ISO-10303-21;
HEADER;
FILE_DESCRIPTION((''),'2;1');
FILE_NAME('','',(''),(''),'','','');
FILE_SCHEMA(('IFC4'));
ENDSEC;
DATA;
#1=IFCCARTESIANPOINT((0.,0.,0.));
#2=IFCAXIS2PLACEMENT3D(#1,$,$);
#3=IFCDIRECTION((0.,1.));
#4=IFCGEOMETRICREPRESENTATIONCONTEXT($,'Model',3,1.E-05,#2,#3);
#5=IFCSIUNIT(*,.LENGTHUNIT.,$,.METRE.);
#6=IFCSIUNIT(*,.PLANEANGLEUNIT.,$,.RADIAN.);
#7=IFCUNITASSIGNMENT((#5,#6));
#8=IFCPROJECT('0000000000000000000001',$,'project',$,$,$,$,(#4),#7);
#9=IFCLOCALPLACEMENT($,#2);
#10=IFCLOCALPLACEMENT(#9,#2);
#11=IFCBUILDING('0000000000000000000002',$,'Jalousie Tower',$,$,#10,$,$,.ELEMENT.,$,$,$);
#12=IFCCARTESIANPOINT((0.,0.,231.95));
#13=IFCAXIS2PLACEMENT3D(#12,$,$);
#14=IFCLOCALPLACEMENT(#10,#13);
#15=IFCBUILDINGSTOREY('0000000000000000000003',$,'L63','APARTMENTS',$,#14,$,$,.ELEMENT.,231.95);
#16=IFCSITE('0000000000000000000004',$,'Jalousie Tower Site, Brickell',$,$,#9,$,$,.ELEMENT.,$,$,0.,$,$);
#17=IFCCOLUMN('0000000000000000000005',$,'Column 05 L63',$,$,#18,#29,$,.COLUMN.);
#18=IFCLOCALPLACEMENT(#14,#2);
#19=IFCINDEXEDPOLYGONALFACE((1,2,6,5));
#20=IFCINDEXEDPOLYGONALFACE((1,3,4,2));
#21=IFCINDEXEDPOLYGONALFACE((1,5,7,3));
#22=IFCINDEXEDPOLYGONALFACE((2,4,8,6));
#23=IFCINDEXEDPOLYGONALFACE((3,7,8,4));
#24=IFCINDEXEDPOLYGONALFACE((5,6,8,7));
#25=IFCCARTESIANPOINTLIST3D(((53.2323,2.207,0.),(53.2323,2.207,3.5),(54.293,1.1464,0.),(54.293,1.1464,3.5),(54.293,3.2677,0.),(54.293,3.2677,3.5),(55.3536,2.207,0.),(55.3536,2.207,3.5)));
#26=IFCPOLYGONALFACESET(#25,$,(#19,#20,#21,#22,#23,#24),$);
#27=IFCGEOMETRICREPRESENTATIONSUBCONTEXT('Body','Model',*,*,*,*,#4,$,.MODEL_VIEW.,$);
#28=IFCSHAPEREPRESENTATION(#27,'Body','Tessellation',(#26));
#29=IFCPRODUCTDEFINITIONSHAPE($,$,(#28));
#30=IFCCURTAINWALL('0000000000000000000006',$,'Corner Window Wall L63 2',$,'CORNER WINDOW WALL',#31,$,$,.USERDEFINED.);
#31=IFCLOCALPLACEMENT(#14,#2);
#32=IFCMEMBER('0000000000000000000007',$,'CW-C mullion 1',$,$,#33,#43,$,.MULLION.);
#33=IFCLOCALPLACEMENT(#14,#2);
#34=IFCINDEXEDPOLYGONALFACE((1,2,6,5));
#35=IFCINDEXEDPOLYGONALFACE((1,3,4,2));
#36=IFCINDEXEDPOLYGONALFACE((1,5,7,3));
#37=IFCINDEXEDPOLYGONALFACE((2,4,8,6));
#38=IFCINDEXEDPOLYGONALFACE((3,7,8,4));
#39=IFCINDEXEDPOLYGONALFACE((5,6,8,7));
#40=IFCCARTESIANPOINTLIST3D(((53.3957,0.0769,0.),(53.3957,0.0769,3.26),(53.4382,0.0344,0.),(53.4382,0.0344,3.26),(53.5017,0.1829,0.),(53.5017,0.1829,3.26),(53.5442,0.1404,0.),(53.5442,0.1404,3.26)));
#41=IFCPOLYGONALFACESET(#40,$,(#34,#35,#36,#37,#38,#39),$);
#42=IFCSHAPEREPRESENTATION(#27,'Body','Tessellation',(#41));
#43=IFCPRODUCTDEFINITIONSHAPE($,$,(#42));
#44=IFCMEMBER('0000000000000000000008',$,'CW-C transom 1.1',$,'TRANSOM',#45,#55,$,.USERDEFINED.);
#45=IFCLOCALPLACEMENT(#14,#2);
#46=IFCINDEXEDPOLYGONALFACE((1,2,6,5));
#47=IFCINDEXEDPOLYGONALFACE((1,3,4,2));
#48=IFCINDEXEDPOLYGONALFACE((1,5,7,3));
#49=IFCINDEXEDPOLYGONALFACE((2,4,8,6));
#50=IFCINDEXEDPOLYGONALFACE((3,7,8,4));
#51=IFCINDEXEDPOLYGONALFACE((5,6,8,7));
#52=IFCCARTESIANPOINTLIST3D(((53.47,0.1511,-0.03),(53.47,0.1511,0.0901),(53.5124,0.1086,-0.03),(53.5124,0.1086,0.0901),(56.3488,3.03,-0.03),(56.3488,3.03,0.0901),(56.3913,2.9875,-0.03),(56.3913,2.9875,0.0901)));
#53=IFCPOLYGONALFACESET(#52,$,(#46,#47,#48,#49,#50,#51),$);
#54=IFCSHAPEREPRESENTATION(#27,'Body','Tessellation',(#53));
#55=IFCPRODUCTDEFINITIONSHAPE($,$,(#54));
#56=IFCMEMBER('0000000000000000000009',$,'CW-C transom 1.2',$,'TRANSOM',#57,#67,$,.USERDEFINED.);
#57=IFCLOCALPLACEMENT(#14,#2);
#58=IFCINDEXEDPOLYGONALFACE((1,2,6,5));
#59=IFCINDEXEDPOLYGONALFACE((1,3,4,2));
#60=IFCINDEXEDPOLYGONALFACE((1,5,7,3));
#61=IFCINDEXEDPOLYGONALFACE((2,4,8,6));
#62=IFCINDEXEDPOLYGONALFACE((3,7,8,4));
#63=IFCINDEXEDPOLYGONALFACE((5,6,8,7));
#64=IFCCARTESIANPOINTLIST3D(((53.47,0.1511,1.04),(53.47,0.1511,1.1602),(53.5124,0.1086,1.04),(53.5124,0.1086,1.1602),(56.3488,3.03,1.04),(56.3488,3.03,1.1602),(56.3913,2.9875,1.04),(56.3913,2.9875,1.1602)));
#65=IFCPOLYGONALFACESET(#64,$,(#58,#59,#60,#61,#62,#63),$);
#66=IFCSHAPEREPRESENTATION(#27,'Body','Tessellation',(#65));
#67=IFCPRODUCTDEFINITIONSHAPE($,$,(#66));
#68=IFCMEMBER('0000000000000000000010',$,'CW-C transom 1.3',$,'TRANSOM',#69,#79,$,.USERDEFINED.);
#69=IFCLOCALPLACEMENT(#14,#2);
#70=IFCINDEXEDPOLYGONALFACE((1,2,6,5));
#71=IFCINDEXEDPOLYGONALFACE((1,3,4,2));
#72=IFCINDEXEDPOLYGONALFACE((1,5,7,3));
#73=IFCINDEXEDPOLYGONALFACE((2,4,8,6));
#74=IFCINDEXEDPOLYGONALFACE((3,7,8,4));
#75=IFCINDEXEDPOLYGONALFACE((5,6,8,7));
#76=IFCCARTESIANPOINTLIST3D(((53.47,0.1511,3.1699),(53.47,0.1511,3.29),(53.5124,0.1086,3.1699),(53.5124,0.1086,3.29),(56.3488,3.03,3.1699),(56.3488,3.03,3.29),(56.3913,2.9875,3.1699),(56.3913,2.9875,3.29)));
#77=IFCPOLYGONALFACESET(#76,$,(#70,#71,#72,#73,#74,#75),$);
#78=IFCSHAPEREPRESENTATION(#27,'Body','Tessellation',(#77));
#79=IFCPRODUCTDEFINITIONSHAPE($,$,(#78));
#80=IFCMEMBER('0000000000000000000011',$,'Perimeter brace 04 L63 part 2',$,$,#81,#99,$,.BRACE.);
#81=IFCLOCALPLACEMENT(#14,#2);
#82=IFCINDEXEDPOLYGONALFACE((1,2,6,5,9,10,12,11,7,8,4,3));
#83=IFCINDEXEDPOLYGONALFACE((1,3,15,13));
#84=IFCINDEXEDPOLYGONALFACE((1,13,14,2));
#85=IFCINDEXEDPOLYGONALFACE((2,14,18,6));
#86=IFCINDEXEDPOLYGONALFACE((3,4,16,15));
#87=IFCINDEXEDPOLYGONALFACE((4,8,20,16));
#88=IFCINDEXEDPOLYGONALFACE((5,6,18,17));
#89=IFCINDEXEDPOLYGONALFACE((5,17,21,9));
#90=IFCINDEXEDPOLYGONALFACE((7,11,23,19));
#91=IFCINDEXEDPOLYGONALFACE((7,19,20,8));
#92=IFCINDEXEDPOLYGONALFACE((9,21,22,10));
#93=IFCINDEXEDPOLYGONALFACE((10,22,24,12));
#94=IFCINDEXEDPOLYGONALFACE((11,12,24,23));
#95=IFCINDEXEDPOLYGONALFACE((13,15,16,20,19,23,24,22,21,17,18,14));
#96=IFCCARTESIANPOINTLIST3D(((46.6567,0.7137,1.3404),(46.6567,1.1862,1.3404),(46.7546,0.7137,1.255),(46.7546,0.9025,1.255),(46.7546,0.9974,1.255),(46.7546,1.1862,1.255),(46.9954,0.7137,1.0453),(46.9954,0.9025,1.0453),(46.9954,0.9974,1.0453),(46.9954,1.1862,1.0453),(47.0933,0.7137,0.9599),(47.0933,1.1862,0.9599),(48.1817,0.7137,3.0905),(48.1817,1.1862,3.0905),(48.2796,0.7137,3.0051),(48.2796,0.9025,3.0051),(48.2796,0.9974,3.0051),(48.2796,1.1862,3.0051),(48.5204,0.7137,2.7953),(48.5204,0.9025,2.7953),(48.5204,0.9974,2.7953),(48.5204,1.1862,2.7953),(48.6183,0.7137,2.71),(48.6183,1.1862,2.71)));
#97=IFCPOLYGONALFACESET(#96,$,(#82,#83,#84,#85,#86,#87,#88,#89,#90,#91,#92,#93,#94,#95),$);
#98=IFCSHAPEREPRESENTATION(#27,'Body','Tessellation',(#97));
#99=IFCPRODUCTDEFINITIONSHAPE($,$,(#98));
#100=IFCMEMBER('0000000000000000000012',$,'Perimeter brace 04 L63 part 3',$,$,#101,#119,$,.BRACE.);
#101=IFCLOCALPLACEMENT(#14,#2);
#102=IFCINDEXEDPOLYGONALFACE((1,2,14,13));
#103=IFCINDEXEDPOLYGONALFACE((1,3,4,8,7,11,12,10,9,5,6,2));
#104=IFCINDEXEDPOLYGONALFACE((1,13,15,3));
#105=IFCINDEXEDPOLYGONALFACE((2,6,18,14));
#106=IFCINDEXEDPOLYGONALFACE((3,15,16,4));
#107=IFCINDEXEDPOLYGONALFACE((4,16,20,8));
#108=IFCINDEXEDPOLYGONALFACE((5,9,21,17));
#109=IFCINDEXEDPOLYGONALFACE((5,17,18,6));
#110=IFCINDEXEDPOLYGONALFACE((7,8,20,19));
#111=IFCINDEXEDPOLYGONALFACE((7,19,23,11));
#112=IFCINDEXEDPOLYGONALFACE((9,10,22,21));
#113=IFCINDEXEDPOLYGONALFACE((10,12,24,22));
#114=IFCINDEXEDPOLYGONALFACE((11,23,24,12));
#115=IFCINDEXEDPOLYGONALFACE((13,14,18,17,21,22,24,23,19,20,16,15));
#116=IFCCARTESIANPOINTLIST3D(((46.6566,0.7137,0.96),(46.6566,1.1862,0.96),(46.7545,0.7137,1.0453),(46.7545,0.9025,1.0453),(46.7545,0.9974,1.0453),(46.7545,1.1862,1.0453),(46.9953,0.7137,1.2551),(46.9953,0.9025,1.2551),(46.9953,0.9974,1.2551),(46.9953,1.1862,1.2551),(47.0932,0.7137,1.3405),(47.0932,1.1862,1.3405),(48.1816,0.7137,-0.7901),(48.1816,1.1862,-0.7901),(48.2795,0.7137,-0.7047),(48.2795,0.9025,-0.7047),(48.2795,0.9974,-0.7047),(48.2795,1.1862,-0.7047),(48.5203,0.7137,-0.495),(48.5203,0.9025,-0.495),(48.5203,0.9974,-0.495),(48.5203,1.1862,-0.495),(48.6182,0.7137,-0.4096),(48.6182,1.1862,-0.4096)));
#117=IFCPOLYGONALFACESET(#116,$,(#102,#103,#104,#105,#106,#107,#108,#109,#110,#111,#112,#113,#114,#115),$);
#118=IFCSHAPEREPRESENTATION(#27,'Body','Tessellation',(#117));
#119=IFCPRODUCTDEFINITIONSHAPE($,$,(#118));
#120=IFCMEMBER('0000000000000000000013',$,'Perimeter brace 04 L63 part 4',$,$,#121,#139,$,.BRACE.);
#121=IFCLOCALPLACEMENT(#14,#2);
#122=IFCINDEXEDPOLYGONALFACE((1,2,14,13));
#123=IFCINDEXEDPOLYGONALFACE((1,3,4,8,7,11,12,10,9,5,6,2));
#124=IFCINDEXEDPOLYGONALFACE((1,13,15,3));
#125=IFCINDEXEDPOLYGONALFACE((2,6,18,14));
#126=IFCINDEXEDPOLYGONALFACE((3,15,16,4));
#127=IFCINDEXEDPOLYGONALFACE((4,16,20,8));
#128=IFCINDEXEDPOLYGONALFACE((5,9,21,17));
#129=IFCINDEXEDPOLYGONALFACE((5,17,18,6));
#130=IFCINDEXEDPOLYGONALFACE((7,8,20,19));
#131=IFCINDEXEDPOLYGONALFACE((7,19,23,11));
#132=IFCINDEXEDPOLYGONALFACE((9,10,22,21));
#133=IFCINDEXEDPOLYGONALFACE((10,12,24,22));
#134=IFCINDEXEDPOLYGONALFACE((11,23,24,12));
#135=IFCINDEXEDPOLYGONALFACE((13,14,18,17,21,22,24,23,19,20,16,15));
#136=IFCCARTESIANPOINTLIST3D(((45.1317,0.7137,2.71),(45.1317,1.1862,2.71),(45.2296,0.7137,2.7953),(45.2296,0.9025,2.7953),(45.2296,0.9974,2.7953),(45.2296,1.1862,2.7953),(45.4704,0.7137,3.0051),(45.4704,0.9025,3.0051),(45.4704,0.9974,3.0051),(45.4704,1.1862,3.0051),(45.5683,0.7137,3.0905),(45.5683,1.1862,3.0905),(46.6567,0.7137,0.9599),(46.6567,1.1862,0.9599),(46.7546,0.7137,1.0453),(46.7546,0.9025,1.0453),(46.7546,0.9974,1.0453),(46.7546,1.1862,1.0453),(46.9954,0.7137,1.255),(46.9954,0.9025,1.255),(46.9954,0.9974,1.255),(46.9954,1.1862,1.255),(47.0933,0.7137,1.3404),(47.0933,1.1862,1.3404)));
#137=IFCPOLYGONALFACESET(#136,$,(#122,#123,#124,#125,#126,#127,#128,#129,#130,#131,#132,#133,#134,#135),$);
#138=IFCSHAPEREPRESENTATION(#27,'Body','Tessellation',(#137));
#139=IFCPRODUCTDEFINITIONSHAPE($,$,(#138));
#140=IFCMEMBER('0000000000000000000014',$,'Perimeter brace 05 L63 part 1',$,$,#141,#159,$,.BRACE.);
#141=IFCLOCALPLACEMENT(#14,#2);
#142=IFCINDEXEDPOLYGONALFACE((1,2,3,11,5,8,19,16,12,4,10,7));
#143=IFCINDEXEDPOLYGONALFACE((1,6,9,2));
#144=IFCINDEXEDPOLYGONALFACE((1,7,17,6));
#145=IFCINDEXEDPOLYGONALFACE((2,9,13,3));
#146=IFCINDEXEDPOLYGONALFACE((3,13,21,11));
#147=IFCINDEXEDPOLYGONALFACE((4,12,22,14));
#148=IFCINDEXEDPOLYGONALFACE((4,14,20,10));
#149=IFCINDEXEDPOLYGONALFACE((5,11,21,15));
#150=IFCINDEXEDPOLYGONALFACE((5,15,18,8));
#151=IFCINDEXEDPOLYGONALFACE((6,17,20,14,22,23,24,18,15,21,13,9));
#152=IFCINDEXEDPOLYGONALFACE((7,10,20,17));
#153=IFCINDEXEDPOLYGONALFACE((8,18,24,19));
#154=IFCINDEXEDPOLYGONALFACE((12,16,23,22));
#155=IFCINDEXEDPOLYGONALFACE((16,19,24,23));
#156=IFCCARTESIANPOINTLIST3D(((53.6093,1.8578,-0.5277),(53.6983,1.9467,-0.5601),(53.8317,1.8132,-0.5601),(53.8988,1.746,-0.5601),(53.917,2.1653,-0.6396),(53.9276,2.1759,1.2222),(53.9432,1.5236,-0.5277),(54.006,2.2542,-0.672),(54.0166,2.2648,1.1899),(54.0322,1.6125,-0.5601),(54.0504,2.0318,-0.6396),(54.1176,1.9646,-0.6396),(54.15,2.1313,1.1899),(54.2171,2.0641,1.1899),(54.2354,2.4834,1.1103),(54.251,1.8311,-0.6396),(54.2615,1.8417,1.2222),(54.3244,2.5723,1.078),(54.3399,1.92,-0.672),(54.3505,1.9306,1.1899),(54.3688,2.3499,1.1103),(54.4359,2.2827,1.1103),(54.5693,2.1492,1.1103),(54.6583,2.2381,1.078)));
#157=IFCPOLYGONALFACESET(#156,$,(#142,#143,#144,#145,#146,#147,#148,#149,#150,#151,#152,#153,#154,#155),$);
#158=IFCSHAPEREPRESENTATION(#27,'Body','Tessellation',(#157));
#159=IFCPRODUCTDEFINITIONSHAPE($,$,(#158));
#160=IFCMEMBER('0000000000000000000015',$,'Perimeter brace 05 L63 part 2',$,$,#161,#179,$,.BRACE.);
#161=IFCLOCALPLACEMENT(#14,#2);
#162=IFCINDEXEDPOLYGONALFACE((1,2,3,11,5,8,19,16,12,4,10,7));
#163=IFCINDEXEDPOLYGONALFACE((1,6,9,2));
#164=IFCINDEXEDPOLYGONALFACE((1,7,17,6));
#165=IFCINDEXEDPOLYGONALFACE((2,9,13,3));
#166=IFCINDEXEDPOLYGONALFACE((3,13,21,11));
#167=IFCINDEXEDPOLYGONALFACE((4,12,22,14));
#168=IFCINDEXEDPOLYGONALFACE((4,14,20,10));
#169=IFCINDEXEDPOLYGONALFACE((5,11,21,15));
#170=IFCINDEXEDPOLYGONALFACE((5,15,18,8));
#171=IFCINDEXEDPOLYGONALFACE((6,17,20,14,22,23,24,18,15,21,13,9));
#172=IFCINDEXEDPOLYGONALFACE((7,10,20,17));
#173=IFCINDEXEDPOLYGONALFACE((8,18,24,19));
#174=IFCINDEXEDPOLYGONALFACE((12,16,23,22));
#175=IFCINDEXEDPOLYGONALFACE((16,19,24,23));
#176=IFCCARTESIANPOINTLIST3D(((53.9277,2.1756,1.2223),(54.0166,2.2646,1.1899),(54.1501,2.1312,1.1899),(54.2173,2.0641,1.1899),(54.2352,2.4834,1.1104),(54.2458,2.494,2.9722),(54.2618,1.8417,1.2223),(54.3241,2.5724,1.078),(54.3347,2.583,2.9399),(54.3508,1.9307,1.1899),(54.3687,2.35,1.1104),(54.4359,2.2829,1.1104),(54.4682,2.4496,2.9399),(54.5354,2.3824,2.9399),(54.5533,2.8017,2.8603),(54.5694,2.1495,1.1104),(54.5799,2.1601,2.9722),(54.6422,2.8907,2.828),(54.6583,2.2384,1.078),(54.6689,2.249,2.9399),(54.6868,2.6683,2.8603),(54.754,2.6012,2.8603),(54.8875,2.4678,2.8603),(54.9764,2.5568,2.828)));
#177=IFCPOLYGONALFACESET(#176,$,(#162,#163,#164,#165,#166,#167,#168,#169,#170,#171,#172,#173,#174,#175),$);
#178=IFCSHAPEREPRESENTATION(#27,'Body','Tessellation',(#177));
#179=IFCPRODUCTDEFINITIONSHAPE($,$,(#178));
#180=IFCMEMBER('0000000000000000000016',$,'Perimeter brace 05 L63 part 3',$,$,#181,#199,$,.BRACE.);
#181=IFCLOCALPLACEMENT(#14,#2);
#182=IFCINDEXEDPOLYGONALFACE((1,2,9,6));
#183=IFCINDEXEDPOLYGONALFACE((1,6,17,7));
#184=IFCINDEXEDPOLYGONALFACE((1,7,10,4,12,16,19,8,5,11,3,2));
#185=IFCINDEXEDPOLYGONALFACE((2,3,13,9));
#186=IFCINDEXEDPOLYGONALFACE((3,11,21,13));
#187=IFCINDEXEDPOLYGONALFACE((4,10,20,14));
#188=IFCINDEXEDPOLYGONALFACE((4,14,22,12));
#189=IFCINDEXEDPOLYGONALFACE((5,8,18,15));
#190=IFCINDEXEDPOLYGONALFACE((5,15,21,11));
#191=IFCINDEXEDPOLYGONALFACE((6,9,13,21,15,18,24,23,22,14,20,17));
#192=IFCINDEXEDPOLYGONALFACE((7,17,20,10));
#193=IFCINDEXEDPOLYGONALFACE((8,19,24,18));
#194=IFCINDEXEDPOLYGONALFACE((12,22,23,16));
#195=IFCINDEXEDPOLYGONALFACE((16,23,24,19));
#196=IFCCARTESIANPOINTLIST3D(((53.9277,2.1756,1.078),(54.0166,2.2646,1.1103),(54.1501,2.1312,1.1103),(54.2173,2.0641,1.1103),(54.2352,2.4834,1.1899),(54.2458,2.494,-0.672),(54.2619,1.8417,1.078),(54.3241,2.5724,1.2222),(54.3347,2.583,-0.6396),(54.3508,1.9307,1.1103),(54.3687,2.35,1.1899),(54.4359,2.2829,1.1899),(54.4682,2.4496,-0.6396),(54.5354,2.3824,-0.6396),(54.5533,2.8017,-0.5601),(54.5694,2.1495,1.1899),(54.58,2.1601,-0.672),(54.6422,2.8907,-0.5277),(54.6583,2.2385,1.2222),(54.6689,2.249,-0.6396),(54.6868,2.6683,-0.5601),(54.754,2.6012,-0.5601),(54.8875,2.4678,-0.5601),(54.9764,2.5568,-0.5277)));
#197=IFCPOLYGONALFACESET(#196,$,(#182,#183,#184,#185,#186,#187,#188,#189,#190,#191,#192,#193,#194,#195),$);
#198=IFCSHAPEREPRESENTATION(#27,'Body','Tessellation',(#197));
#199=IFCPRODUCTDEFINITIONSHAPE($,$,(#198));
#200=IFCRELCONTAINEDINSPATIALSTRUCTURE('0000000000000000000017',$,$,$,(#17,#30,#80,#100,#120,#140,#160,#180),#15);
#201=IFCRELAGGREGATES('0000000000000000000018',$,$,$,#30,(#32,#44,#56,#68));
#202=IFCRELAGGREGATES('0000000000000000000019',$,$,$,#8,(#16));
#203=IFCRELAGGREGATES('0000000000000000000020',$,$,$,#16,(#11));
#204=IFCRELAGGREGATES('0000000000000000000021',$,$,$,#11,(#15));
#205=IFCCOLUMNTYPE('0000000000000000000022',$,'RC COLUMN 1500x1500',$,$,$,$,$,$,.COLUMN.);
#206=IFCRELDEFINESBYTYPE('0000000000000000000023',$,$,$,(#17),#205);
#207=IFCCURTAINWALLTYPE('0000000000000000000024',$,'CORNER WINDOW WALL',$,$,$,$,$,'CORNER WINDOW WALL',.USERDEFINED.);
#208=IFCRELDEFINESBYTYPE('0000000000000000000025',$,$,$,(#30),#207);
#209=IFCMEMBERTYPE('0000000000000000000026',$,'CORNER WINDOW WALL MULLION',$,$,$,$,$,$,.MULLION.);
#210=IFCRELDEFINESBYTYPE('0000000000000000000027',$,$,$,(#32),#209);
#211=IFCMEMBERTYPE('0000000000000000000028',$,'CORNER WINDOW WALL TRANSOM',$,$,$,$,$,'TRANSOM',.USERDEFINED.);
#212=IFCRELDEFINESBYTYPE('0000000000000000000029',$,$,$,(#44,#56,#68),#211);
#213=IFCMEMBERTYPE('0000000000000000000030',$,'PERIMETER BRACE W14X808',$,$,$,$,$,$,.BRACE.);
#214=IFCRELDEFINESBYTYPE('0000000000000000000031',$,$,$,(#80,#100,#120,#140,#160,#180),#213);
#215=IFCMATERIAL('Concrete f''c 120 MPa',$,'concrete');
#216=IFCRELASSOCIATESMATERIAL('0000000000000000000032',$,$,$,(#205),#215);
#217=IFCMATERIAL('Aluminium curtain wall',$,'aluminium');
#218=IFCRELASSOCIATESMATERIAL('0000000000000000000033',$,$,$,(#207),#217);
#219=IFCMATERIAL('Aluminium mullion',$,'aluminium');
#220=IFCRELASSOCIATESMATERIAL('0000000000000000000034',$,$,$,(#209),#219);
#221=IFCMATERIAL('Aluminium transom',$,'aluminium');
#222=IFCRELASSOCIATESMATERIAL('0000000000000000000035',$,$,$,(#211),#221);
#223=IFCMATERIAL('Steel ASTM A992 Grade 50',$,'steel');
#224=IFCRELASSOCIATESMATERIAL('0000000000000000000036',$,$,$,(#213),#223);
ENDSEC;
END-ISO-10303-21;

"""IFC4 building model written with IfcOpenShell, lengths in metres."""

from ifc_helpers import new_model, si_unit, direction, frame, origin, origin_2d, place, context, subcontext, project, spatial, rectangle, i_section, extrude, material, material_profile, profile_set, type_object, element, aggregate, save


model = new_model("IFC4")

# Units and contexts
model_context = context("Model", 3, precision=1e-05, world=origin(), true_north=direction((0.0, 1.0)))
body_context = subcontext(model_context, "Body", "Model", "MODEL_VIEW")
ifc_project = project(units=[si_unit("LENGTHUNIT", "METRE"), si_unit("PLANEANGLEUNIT", "RADIAN")], contexts=[model_context])

# Site, building, storey
site_placement = place(None, origin())
site = spatial("IfcSite", under=ifc_project, at=site_placement, Name="Jalousie Tower Site, Brickell", CompositionType="ELEMENT", RefElevation=0.0)
building_placement = place(site_placement, origin())
building = spatial("IfcBuilding", under=site, at=building_placement, Name="Jalousie Tower", CompositionType="ELEMENT")
storey_placement = place(building_placement, frame((0.0, 0.0, 231.95)))
storey = spatial("IfcBuildingStorey", under=building, at=storey_placement, Name="L63", Description="APARTMENTS", CompositionType="ELEMENT", Elevation=231.95)

# Column
ifc_material_1 = material(Name="Concrete f'c 120 MPa", Category="concrete")
ifc_material_profile_1 = material_profile(ifc_material_1, rectangle(XDim=1.5, YDim=1.5, at=origin_2d()), Name="RC 1500x1500")
ifc_profile_set_1 = profile_set([ifc_material_profile_1], Name="Concrete f'c 120 MPa")
column_type = type_object("IfcColumnType", Name="RC COLUMN 1500x1500", PredefinedType="COLUMN", material=ifc_profile_set_1)
column_placement = place(storey_placement, frame((54.293, 2.207, 0.0), z_axis=(0.0, 0.0, 1.0), x_axis=(0.707107, 0.707107, 0.0)))
element("IfcColumn", 1, at=column_placement, inside=storey, type_object=column_type, Name="Column 05 L63", PredefinedType="COLUMN", context=body_context, shape_type="SweptSolid", body=[
    extrude(rectangle(XDim=1.5, YDim=1.5, at=origin_2d()), origin(), (0.0, 0.0, 1.0), 3.5),
])

# Curtain wall, members
ifc_material_2 = material(Name="Aluminium curtain wall", Category="aluminium")
curtain_wall_type_1 = type_object("IfcCurtainWallType", Name="CORNER WINDOW WALL", ElementType="CORNER WINDOW WALL", PredefinedType="USERDEFINED", material=ifc_material_2)
curtain_wall_1_placement = place(storey_placement, origin())
curtain_wall_1 = element("IfcCurtainWall", 2, at=curtain_wall_1_placement, inside=storey, type_object=curtain_wall_type_1, Name="Corner Window Wall L63 2", ObjectType="CORNER WINDOW WALL", PredefinedType="USERDEFINED")
ifc_material_3 = material(Name="Aluminium mullion", Category="aluminium")
ifc_material_profile_2 = material_profile(ifc_material_3, rectangle(XDim=0.0601, YDim=0.1499, at=origin_2d()), Name="MULLION 60x150")
ifc_profile_set_2 = profile_set([ifc_material_profile_2], Name="Aluminium mullion")
member_type_1 = type_object("IfcMemberType", Name="CORNER WINDOW WALL MULLION", PredefinedType="MULLION", material=ifc_profile_set_2)
member_1_placement = place(storey_placement, frame((53.47, 0.1086, 0.0), z_axis=(0.0, 0.0, 1.0), x_axis=(-0.707107, 0.707107, 0.0)))
member_1 = element("IfcMember", 3, at=member_1_placement, type_object=member_type_1, Name="CW-C mullion 1", PredefinedType="MULLION", context=body_context, shape_type="SweptSolid", body=[
    extrude(rectangle(XDim=0.0601, YDim=0.1499, at=origin_2d()), origin(), (0.0, 0.0, 1.0), 3.26),
])
ifc_material_4 = material(Name="Aluminium transom", Category="aluminium")
ifc_material_profile_3 = material_profile(ifc_material_4, rectangle(XDim=0.0601, YDim=0.1201, at=origin_2d()), Name="TRANSOM 60x120")
ifc_profile_set_3 = profile_set([ifc_material_profile_3], Name="Aluminium transom")
member_type_2 = type_object("IfcMemberType", Name="CORNER WINDOW WALL TRANSOM", ElementType="TRANSOM", PredefinedType="USERDEFINED", material=ifc_profile_set_3)
member_2_placement = place(storey_placement, frame((53.4912, 0.1299, 0.03), z_axis=(0.707107, 0.707107, 0.0), x_axis=(-0.707107, 0.707107, 0.0)))
member_2 = element("IfcMember", 4, at=member_2_placement, type_object=member_type_2, Name="CW-C transom 1.1", ObjectType="TRANSOM", PredefinedType="USERDEFINED", context=body_context, shape_type="SweptSolid", body=[
    extrude(rectangle(XDim=0.0601, YDim=0.1201, at=origin_2d()), origin(), (0.0, 0.0, 1.0), 4.0713),
])
member_3_placement = place(storey_placement, frame((53.4912, 0.1299, 1.1001), z_axis=(0.707107, 0.707107, 0.0), x_axis=(-0.707107, 0.707107, 0.0)))
member_3 = element("IfcMember", 5, at=member_3_placement, type_object=member_type_2, Name="CW-C transom 1.2", ObjectType="TRANSOM", PredefinedType="USERDEFINED", context=body_context, shape_type="SweptSolid", body=[
    extrude(rectangle(XDim=0.0601, YDim=0.1201, at=origin_2d()), origin(), (0.0, 0.0, 1.0), 4.0713),
])
member_4_placement = place(storey_placement, frame((53.4912, 0.1299, 3.23), z_axis=(0.707107, 0.707107, 0.0), x_axis=(-0.707107, 0.707107, 0.0)))
member_4 = element("IfcMember", 6, at=member_4_placement, type_object=member_type_2, Name="CW-C transom 1.3", ObjectType="TRANSOM", PredefinedType="USERDEFINED", context=body_context, shape_type="SweptSolid", body=[
    extrude(rectangle(XDim=0.0601, YDim=0.1201, at=origin_2d()), origin(), (0.0, 0.0, 1.0), 4.0713),
])

# Members
ifc_material_5 = material(Name="Steel ASTM A992 Grade 50", Category="steel")
ifc_material_profile_4 = material_profile(ifc_material_5, i_section(OverallWidth=0.4724, OverallDepth=0.5791, WebThickness=0.095, FlangeThickness=0.1299, at=origin_2d()), Name="W14X808")
ifc_profile_set_4 = profile_set([ifc_material_profile_4], Name="Steel ASTM A992 Grade 50")
member_type_3 = type_object("IfcMemberType", Name="PERIMETER BRACE W14X808", PredefinedType="BRACE", material=ifc_profile_set_4)
for number, where, z_axis, x_axis, name in (
    (7, (46.875, 0.95, 1.1501), (0.656954, 0.0, 0.75393), (0.0, 1.0, 0.0), "Perimeter brace 04 L63 part 2"),
    (8, (48.3999, 0.95, -0.5999), (-0.656954, 0.0, 0.75393), (0.0, -1.0, 0.0), "Perimeter brace 04 L63 part 3"),
    (9, (46.875, 0.95, 1.1501), (-0.656954, 0.0, 0.75393), (0.0, -1.0, 0.0), "Perimeter brace 04 L63 part 4"),
):
    element("IfcMember", number, at=place(storey_placement, frame(where, z_axis=z_axis, x_axis=x_axis)), inside=storey, type_object=member_type_3, Name=name, PredefinedType="BRACE", context=body_context, shape_type="SweptSolid", body=[
        extrude(i_section(OverallWidth=0.4724, OverallDepth=0.5791, WebThickness=0.095, FlangeThickness=0.1299, at=origin_2d()), origin(), (0.0, 0.0, 1.0), 2.3213),
    ])
for number, where, z_axis, x_axis, name in (
    (10, (53.9746, 1.8889, -0.5999), (0.176187, 0.176051, 0.968486), (-0.706835, 0.707378, 0.0), "Perimeter brace 05 L63 part 1"),
    (11, (54.293, 2.207, 1.1501), (0.176051, 0.176187, 0.968486), (-0.707378, 0.706835, 0.0), "Perimeter brace 05 L63 part 2"),
    (12, (54.6111, 2.5254, -0.5999), (-0.176051, -0.176187, 0.968486), (0.707378, -0.706835, 0.0), "Perimeter brace 05 L63 part 3"),
):
    element("IfcMember", number, at=place(storey_placement, frame(where, z_axis=z_axis, x_axis=x_axis)), inside=storey, type_object=member_type_3, Name=name, PredefinedType="BRACE", context=body_context, shape_type="SweptSolid", body=[
        extrude(i_section(OverallWidth=0.4724, OverallDepth=0.5791, WebThickness=0.095, FlangeThickness=0.1299, at=origin_2d()), origin(), (0.0, 0.0, 1.0), 1.8069),
    ])

aggregate(curtain_wall_1, [member_1, member_2, member_3, member_4])

save(model, "model.ifc")
